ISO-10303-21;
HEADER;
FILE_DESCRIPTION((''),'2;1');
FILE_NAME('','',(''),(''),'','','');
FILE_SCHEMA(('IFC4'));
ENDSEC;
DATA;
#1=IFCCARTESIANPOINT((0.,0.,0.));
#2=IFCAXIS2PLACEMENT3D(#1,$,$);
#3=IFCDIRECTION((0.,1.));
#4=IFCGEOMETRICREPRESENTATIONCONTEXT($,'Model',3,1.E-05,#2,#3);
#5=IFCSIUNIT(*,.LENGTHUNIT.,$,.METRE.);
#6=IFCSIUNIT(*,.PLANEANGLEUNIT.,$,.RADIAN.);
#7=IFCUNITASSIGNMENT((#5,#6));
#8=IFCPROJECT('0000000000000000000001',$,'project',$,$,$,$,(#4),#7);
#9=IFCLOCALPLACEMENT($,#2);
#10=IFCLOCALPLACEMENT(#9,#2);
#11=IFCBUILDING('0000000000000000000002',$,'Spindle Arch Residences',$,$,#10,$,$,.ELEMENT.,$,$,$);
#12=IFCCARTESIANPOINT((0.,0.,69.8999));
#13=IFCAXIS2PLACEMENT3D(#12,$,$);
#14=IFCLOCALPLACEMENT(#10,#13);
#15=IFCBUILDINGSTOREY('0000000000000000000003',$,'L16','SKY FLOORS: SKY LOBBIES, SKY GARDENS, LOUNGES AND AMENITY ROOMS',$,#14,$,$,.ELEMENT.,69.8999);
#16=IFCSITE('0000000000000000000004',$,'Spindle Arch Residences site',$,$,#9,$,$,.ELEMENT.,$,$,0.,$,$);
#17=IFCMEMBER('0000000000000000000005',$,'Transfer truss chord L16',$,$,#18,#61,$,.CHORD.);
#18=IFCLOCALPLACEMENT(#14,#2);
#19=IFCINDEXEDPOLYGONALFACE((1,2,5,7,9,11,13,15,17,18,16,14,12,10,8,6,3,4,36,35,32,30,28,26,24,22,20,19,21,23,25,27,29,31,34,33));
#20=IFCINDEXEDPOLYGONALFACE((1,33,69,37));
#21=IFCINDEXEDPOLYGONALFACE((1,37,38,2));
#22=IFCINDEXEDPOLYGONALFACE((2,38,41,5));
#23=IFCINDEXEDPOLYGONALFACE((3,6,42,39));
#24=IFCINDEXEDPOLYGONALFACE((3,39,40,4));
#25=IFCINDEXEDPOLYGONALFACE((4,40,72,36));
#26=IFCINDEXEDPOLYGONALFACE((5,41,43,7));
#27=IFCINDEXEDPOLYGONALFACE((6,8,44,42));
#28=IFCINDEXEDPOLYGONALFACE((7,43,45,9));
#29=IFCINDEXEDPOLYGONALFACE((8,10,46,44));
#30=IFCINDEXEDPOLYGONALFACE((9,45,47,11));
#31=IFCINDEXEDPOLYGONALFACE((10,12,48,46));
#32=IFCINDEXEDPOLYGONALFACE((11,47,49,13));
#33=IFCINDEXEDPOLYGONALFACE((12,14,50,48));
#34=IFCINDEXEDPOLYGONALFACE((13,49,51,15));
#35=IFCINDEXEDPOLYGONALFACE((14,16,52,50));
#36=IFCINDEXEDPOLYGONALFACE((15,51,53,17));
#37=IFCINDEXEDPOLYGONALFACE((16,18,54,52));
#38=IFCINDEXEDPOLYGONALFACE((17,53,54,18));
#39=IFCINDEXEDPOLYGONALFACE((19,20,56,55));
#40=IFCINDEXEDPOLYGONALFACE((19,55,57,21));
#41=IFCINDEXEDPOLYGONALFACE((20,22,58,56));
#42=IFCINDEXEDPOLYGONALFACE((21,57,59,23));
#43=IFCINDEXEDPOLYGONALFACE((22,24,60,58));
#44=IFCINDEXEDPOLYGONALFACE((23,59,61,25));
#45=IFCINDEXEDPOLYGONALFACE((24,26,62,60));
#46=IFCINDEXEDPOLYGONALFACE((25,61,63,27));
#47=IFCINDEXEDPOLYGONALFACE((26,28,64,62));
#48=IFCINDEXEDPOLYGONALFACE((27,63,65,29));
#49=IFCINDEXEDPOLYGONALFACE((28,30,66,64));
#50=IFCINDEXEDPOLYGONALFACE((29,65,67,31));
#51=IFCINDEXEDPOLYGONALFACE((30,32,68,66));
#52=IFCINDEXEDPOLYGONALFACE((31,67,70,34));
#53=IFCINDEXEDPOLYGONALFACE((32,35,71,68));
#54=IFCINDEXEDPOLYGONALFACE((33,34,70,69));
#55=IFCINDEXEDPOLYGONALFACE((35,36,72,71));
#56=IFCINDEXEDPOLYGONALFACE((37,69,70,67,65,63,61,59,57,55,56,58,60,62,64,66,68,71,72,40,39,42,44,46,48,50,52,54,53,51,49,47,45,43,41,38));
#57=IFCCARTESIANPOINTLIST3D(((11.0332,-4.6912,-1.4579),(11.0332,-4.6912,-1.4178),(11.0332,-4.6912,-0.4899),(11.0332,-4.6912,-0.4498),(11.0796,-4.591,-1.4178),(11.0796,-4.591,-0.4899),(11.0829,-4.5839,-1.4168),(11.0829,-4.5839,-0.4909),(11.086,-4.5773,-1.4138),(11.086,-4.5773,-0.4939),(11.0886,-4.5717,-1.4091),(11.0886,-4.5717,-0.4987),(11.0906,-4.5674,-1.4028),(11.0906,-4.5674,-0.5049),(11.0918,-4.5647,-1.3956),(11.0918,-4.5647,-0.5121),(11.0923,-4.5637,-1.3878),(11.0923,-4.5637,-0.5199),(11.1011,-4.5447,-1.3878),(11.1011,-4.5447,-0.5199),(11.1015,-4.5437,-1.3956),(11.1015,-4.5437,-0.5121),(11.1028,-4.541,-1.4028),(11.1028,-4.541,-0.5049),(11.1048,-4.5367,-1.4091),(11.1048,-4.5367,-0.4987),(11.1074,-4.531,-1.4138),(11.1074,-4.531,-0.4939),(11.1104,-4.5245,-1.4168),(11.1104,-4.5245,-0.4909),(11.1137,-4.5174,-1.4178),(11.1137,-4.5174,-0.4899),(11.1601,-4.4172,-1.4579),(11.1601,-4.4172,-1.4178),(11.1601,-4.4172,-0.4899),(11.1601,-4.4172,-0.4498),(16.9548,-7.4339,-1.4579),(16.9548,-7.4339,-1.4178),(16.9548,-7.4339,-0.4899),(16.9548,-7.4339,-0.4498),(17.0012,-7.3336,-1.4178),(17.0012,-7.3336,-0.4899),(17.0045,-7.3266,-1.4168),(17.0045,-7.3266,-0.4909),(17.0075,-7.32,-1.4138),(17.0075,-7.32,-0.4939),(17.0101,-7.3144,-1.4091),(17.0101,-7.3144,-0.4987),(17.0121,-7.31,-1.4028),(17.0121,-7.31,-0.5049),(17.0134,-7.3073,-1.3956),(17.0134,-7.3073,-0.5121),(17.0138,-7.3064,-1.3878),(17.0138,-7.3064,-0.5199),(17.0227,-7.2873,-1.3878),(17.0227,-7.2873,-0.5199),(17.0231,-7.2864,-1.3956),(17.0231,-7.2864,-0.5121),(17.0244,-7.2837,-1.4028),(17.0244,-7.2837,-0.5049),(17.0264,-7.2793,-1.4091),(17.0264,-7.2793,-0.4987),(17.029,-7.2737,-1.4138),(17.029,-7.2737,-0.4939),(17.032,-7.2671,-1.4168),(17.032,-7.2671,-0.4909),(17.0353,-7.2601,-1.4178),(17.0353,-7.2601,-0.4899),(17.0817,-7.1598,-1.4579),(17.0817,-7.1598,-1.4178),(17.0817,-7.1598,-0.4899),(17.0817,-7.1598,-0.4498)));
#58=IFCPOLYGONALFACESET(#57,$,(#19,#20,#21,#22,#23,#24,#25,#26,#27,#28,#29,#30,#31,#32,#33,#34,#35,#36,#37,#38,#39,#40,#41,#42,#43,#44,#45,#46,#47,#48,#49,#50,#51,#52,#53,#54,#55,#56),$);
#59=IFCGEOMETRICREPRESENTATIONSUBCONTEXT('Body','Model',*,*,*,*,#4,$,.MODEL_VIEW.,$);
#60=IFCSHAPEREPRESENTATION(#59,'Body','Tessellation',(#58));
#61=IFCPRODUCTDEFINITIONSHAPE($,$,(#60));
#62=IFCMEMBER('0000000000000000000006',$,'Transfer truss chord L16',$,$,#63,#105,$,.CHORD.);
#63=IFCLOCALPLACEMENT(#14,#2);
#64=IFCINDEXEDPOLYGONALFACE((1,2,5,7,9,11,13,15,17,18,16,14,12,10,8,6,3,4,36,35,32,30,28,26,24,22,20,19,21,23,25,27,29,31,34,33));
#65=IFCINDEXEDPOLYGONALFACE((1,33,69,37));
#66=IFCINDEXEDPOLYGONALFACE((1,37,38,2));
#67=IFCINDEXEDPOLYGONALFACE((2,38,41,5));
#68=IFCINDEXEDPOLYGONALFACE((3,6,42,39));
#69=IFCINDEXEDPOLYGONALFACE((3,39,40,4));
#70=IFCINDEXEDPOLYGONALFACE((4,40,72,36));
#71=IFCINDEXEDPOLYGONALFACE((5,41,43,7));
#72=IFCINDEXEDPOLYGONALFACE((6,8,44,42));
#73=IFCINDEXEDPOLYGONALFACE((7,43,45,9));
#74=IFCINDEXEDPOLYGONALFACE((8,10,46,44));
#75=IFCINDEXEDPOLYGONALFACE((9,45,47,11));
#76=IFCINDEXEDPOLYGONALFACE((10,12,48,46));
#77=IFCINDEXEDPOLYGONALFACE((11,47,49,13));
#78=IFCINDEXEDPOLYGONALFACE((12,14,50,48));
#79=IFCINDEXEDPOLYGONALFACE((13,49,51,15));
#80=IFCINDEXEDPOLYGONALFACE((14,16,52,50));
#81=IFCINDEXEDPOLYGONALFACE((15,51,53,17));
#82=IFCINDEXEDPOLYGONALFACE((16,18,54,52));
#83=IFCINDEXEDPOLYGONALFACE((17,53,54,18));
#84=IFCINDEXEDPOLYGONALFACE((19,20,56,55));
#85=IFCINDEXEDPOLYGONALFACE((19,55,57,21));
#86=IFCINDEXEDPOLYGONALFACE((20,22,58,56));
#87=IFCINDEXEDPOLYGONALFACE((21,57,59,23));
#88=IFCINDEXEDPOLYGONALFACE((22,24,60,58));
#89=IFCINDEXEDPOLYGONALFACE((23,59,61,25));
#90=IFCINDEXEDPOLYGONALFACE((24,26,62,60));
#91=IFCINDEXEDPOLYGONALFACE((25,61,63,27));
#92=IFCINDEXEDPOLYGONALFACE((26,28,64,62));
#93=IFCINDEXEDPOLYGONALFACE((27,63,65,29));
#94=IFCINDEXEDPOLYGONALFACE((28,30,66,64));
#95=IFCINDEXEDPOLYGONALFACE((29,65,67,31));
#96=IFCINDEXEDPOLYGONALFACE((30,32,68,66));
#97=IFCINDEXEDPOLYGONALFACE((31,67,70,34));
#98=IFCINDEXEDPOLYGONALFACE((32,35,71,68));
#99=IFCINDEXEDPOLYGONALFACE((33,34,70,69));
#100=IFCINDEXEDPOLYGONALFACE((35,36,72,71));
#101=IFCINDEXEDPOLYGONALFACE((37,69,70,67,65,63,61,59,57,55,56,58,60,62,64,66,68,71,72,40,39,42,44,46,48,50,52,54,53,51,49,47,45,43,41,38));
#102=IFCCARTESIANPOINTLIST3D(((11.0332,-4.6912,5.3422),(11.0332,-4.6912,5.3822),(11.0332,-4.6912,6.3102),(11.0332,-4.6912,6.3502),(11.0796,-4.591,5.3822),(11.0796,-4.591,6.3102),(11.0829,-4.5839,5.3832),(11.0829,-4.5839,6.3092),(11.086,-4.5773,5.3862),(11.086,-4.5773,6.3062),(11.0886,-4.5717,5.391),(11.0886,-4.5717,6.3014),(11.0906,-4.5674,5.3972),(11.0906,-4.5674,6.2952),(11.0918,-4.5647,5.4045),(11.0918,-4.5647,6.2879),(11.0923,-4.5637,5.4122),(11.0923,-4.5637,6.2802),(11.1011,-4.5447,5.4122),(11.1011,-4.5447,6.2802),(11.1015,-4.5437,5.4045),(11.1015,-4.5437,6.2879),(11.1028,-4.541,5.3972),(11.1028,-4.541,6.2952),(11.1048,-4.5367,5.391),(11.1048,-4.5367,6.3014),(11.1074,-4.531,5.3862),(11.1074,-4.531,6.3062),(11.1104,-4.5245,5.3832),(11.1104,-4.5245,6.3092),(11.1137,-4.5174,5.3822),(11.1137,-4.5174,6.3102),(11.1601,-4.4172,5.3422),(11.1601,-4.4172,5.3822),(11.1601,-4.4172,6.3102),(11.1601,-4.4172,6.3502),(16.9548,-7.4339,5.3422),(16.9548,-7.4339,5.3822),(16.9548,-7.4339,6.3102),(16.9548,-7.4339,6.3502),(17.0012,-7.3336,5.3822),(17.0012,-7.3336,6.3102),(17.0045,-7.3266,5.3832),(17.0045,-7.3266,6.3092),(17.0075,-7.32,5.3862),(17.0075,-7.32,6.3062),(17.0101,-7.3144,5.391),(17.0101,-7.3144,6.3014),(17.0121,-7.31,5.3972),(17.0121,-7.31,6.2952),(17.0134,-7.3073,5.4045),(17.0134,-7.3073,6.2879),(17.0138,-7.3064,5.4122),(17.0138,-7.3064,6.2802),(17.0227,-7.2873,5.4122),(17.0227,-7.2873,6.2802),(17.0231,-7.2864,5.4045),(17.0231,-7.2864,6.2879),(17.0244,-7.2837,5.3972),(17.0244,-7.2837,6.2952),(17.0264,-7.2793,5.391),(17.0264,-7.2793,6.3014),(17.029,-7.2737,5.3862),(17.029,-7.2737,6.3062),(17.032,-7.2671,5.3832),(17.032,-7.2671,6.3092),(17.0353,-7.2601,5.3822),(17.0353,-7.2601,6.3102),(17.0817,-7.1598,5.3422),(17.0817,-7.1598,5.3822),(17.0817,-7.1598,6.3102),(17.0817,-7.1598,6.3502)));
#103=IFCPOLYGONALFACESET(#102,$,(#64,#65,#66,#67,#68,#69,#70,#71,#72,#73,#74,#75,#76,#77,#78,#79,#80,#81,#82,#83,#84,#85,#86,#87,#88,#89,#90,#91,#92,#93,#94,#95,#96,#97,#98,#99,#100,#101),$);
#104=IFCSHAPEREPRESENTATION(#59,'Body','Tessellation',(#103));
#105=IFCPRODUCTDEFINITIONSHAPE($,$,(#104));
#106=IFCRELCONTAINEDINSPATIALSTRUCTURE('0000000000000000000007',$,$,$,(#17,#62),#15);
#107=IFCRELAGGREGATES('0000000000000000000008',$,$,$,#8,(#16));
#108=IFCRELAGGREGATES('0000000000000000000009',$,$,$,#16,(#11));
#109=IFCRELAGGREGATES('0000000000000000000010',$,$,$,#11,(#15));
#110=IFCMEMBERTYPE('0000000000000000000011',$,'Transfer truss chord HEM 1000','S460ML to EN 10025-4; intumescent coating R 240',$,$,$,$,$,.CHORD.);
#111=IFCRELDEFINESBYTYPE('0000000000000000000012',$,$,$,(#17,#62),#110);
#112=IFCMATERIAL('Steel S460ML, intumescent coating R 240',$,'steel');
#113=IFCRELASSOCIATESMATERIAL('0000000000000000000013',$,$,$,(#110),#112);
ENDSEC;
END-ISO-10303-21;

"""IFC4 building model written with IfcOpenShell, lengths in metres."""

from ifc_helpers import new_model, si_unit, direction, frame, origin, origin_2d, place, context, subcontext, project, spatial, i_section, extrude, material, material_profile, profile_set, type_object, element, save


model = new_model("IFC4")

# Units and contexts
model_context = context("Model", 3, precision=1e-05, world=origin(), true_north=direction((0.0, 1.0)))
body_context = subcontext(model_context, "Body", "Model", "MODEL_VIEW")
ifc_project = project(units=[si_unit("LENGTHUNIT", "METRE"), si_unit("PLANEANGLEUNIT", "RADIAN")], contexts=[model_context])

# Site, building, storey
site_placement = place(None, origin())
site = spatial("IfcSite", under=ifc_project, at=site_placement, Name="Spindle Arch Residences site", CompositionType="ELEMENT", RefElevation=0.0)
building_placement = place(site_placement, origin())
building = spatial("IfcBuilding", under=site, at=building_placement, Name="Spindle Arch Residences", CompositionType="ELEMENT")
storey_placement = place(building_placement, frame((0.0, 0.0, 69.8999)))
storey = spatial("IfcBuildingStorey", under=building, at=storey_placement, Name="L16", Description="SKY FLOORS: SKY LOBBIES, SKY GARDENS, LOUNGES AND AMENITY ROOMS", CompositionType="ELEMENT", Elevation=69.8999)

# Members
ifc_material_1 = material(Name="Steel S460ML, intumescent coating R 240", Category="steel")
ifc_material_profile = material_profile(ifc_material_1, i_section(OverallWidth=0.302, OverallDepth=1.0081, WebThickness=0.021, FlangeThickness=0.04, FilletRadius=0.03, at=origin_2d()), Name="HEM 1000")
ifc_profile_set = profile_set([ifc_material_profile], Name="Steel S460ML, intumescent coating R 240")
member_type = type_object("IfcMemberType", Name="Transfer truss chord HEM 1000", Description="S460ML to EN 10025-4; intumescent coating R 240", PredefinedType="CHORD", material=ifc_profile_set)
for number, where, z_axis, x_axis, name in (
    (1, (11.0967, -4.5542, -0.9539), (0.907398, -0.420272, 0.0), (0.420272, 0.907398, 0.0), "Transfer truss chord L16"),
    (2, (11.0967, -4.5542, 5.8462), (0.907398, -0.420272, 0.0), (0.420272, 0.907398, 0.0), "Transfer truss chord L16"),
):
    element("IfcMember", number, at=place(storey_placement, frame(where, z_axis=z_axis, x_axis=x_axis)), inside=storey, type_object=member_type, Name=name, PredefinedType="CHORD", context=body_context, shape_type="SweptSolid", body=[
        extrude(i_section(OverallWidth=0.302, OverallDepth=1.0081, WebThickness=0.021, FlangeThickness=0.04, FilletRadius=0.03, at=origin_2d()), origin(), (0.0, 0.0, 1.0), 6.5259),
    ])

save(model, "model.ifc")
